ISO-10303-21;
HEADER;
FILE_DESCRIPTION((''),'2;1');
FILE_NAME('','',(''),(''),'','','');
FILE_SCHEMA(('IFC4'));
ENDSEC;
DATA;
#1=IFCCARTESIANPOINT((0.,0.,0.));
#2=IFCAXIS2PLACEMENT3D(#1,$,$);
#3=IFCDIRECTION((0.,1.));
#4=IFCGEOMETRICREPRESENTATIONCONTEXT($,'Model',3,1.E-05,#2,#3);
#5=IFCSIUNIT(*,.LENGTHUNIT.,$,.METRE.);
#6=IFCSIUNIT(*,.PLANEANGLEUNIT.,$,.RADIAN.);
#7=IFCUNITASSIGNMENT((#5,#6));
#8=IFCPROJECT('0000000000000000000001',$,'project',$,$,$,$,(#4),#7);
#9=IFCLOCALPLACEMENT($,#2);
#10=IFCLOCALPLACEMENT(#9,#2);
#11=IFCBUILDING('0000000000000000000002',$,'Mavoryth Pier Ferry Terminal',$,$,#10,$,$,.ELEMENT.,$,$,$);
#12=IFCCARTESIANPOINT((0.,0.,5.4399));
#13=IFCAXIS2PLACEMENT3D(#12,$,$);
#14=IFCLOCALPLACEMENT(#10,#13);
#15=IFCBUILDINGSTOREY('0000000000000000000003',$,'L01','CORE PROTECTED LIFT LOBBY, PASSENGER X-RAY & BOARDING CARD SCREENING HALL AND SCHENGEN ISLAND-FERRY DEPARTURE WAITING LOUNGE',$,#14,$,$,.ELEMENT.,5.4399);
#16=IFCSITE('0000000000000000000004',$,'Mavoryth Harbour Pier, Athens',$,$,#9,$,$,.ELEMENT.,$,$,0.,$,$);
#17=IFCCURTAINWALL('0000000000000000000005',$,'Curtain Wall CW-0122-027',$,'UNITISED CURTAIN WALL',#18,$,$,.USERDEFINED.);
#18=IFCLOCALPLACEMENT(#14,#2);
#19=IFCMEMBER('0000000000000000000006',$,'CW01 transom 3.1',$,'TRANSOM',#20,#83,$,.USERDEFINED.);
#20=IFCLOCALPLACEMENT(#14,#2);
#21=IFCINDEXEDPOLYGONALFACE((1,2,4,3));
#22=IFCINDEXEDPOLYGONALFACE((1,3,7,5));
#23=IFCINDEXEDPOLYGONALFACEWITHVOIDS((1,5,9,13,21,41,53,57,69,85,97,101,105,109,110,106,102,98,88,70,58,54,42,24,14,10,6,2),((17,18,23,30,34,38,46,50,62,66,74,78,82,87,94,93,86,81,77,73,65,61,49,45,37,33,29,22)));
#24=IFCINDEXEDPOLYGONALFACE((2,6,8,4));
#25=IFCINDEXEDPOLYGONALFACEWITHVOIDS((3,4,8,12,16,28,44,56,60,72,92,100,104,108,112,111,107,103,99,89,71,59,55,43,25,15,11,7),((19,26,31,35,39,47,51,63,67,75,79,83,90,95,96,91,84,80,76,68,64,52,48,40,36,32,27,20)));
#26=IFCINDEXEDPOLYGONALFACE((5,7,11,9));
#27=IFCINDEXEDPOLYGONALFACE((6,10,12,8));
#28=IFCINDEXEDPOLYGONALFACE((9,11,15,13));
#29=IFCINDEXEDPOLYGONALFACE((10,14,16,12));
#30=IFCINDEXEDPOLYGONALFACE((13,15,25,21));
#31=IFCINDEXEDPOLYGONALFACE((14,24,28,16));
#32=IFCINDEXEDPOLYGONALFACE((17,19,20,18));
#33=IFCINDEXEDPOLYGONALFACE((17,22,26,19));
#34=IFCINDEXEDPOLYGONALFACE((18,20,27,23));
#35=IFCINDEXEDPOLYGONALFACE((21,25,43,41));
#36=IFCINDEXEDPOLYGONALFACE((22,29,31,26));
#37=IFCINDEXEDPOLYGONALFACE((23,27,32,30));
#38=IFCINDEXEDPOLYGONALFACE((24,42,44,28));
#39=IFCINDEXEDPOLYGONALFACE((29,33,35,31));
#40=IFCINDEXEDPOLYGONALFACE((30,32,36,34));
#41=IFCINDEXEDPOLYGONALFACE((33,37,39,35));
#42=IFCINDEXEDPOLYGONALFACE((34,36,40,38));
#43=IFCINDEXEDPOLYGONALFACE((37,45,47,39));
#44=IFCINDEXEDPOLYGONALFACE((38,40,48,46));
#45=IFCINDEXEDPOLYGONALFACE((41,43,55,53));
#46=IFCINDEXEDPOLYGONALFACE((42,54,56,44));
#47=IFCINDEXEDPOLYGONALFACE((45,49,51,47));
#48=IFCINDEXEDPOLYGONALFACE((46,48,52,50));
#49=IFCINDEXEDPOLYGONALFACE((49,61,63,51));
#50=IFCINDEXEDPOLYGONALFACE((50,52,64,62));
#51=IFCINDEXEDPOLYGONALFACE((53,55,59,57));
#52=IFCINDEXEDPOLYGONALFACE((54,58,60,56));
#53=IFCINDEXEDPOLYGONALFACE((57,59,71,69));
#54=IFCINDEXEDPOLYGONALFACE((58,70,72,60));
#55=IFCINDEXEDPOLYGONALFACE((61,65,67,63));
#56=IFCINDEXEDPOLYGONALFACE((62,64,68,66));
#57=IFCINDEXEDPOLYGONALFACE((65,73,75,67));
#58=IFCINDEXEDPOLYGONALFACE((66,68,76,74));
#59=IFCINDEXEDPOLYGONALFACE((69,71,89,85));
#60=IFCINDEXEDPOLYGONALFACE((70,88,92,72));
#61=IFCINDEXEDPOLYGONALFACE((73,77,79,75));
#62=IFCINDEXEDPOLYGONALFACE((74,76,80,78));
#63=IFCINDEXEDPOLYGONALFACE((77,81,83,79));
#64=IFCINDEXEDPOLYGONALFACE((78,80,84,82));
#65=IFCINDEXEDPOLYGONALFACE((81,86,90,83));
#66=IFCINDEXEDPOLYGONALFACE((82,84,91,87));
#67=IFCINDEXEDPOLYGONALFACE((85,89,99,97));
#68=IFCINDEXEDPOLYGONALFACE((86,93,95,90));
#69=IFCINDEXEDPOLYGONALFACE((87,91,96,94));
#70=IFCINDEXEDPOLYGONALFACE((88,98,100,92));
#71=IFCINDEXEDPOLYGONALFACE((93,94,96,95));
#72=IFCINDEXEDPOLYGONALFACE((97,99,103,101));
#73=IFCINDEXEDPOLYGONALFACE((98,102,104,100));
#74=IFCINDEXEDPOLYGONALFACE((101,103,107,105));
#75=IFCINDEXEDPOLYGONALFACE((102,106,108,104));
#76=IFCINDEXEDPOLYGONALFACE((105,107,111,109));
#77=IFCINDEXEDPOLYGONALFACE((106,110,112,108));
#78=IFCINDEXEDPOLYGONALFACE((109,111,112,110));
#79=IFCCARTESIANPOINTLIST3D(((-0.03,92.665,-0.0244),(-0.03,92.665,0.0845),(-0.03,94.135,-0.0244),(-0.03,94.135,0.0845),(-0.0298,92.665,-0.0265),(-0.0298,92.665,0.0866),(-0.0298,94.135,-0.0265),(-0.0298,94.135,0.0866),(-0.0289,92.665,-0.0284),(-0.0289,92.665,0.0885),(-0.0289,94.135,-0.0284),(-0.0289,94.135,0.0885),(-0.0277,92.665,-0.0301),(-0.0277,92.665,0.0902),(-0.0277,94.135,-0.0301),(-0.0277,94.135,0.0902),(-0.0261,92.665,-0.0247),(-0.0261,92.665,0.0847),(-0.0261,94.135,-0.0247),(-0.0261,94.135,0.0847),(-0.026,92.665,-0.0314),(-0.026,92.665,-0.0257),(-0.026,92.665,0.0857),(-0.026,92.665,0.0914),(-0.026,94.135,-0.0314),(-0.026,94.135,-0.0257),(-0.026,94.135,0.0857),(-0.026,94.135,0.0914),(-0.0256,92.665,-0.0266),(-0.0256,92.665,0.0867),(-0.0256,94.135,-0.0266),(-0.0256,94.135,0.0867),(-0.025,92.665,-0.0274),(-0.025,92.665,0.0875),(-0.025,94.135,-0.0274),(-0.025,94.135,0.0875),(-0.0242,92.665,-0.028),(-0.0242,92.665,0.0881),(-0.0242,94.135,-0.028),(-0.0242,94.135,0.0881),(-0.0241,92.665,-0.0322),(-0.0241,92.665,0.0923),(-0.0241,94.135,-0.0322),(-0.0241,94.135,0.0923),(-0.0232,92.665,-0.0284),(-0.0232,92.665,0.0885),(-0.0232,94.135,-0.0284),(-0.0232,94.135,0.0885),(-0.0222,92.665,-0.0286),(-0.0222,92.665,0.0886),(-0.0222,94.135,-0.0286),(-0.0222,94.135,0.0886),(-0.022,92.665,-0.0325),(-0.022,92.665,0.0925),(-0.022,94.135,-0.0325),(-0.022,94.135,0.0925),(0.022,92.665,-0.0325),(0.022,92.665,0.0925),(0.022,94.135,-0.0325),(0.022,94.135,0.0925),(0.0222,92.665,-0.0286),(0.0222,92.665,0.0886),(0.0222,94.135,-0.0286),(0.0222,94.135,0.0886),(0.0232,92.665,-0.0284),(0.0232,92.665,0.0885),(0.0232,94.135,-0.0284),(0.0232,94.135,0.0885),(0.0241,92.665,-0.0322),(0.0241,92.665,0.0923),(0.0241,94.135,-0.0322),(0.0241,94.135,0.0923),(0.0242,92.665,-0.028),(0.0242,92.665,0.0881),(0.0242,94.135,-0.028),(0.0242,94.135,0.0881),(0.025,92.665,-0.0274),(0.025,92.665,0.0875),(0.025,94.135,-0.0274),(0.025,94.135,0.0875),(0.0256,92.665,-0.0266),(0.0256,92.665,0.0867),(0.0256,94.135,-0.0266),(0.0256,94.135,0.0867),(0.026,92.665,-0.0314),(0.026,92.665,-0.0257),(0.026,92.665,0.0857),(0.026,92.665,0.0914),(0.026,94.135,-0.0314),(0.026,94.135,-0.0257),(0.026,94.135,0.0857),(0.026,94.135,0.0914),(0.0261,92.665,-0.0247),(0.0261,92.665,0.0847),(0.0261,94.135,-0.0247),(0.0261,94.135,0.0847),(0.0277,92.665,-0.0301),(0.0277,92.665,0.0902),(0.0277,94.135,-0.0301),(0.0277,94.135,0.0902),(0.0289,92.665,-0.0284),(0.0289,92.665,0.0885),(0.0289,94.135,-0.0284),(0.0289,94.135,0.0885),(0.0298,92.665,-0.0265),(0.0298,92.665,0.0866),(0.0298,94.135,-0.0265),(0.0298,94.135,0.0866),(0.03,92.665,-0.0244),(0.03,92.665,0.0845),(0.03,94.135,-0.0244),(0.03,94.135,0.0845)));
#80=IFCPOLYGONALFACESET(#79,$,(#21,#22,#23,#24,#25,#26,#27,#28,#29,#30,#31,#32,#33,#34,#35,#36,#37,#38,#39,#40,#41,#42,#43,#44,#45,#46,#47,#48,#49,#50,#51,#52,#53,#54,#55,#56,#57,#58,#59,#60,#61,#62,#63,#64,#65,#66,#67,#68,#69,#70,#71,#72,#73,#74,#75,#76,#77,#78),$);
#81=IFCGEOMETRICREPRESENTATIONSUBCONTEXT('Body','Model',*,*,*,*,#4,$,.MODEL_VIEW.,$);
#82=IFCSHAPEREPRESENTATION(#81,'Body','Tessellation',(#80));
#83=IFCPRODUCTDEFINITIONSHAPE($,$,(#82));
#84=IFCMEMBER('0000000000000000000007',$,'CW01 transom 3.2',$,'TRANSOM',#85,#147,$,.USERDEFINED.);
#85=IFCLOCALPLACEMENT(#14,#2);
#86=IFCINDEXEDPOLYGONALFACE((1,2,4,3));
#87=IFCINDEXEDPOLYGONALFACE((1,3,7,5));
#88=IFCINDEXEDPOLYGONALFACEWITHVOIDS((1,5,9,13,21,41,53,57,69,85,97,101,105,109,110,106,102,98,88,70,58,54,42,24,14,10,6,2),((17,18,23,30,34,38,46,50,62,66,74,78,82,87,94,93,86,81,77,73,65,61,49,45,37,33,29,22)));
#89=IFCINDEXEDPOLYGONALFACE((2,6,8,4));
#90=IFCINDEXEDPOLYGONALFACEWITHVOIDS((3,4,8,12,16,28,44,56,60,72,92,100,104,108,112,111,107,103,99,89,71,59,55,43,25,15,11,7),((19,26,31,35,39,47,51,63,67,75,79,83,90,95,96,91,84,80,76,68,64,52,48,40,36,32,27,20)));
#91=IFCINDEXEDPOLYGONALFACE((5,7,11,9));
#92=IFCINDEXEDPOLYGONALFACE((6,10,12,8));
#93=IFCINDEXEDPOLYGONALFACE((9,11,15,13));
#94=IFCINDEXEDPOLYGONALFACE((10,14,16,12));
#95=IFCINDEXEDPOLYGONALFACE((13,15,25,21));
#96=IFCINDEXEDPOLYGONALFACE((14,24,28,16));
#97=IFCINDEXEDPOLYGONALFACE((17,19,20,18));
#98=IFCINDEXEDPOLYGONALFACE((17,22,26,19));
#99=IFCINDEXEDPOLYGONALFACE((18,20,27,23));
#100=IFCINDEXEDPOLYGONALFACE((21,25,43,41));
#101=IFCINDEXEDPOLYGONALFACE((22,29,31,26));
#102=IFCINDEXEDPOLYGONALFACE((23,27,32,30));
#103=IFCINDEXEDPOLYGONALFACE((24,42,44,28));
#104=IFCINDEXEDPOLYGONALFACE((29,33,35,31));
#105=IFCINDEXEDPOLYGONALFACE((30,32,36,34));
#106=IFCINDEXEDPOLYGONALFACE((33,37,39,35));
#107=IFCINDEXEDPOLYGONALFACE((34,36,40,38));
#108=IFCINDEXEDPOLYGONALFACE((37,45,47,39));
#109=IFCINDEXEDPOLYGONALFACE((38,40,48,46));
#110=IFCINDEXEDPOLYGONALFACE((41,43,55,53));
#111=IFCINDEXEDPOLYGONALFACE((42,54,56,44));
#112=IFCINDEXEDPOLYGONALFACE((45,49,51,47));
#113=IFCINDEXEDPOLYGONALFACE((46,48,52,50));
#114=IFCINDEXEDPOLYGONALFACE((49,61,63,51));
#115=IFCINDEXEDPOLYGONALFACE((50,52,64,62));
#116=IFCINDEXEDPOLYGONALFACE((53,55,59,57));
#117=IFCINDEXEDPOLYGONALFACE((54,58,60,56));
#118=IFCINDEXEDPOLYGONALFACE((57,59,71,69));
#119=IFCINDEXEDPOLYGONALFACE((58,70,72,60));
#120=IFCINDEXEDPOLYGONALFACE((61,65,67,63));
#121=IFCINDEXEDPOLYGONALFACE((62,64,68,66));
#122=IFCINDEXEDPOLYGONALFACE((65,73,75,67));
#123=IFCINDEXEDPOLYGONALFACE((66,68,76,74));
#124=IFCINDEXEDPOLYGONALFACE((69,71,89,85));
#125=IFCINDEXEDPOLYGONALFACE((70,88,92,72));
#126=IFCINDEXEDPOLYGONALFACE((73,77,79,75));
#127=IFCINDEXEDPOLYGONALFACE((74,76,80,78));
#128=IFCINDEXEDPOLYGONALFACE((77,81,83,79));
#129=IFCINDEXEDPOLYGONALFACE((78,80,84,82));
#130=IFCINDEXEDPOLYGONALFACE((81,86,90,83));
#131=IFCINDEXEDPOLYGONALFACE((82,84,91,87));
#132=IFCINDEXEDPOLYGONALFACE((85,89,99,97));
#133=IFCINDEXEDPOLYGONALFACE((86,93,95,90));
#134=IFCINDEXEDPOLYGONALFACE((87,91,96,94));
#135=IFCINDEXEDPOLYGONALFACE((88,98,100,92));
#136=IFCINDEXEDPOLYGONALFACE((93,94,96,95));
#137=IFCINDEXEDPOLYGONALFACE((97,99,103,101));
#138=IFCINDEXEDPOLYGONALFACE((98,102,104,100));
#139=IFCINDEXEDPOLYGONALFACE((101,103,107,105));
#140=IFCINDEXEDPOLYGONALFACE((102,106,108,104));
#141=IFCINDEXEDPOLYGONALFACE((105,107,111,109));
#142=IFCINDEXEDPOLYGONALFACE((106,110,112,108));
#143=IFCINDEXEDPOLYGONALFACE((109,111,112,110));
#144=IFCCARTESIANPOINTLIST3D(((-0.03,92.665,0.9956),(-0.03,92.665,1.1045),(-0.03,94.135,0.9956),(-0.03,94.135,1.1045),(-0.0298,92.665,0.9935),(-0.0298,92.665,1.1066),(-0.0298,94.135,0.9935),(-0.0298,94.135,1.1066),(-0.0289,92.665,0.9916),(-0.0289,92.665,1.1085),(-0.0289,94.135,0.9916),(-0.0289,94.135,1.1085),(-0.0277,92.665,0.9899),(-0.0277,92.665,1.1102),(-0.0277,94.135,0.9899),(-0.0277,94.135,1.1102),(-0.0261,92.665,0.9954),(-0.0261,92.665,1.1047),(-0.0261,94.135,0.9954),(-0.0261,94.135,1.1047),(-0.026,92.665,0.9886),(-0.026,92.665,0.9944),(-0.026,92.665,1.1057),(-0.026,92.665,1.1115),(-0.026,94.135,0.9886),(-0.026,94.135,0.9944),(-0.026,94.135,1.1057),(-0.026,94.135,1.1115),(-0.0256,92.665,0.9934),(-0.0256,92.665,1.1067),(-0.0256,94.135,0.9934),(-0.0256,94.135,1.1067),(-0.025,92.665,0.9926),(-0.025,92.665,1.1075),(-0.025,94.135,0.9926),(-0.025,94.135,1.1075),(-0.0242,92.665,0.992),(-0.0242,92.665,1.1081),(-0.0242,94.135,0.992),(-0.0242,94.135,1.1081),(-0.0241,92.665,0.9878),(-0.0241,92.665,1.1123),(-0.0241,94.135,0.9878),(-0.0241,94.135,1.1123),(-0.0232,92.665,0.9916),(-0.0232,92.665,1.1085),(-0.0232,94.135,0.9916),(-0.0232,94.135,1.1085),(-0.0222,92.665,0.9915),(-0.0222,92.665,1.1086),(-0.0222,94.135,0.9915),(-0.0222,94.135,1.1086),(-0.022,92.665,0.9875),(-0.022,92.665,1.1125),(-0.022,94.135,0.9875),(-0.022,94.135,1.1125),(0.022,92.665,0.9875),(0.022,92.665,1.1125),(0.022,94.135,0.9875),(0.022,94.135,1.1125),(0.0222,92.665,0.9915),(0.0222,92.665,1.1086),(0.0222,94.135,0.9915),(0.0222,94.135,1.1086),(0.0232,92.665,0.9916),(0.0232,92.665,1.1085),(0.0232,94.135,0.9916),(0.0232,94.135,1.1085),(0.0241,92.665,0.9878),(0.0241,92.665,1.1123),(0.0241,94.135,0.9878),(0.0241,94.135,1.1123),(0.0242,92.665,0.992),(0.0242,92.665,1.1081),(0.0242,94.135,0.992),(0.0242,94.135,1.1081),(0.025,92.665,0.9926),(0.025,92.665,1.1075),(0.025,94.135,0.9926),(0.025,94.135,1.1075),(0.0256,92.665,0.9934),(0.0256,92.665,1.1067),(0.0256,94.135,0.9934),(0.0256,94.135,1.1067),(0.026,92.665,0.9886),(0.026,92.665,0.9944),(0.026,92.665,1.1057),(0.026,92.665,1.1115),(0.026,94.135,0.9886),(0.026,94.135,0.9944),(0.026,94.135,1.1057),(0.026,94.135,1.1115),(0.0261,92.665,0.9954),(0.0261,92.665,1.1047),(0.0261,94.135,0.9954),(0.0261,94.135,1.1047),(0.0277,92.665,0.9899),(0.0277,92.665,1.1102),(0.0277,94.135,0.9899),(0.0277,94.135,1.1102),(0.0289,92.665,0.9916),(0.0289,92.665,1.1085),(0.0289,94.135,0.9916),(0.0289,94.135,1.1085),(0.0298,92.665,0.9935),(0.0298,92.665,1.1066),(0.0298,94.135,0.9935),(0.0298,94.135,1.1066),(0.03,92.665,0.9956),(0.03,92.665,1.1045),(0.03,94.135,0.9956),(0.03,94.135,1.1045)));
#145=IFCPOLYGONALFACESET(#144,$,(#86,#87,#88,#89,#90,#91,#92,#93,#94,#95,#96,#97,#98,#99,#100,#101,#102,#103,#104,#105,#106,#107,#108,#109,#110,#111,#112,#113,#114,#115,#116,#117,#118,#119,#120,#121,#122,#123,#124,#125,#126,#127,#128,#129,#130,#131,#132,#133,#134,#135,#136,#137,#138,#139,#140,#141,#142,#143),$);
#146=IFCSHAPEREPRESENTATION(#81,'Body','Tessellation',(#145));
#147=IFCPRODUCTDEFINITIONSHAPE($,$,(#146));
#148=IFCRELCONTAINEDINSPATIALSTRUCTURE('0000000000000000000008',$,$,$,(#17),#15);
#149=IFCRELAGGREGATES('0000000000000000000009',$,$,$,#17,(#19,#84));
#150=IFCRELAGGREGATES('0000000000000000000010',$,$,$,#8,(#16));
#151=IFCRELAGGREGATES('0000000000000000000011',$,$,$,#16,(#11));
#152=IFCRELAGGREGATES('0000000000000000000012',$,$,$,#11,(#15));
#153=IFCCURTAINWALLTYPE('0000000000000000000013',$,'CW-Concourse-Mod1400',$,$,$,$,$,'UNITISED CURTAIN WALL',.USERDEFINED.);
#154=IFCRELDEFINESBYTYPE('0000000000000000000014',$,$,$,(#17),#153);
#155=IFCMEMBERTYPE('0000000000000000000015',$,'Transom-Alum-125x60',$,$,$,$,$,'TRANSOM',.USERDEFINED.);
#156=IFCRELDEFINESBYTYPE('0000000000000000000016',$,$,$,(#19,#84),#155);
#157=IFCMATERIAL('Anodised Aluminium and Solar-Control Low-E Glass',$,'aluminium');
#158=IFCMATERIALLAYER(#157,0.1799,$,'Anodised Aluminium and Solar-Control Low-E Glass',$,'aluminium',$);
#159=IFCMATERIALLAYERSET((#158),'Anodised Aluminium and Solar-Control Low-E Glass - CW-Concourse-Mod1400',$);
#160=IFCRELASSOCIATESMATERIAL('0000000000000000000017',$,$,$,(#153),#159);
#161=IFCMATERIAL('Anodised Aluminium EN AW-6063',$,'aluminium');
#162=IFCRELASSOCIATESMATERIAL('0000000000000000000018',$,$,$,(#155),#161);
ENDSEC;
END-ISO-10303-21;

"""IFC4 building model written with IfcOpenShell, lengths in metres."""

from ifc_helpers import new_model, si_unit, direction, frame, origin, origin_2d, place, context, subcontext, project, spatial, hollow_rectangle, extrude, material, layer, layer_set, material_profile, profile_set, type_object, element, aggregate, save


model = new_model("IFC4")

# Units and contexts
model_context = context("Model", 3, precision=1e-05, world=origin(), true_north=direction((0.0, 1.0)))
body_context = subcontext(model_context, "Body", "Model", "MODEL_VIEW")
ifc_project = project(units=[si_unit("LENGTHUNIT", "METRE"), si_unit("PLANEANGLEUNIT", "RADIAN")], contexts=[model_context])

# Site, building, storey
site_placement = place(None, origin())
site = spatial("IfcSite", under=ifc_project, at=site_placement, Name="Mavoryth Harbour Pier, Athens", CompositionType="ELEMENT", RefElevation=0.0)
building_placement = place(site_placement, origin())
building = spatial("IfcBuilding", under=site, at=building_placement, Name="Mavoryth Pier Ferry Terminal", CompositionType="ELEMENT")
storey_placement = place(building_placement, frame((0.0, 0.0, 5.4399)))
storey = spatial("IfcBuildingStorey", under=building, at=storey_placement, Name="L01", Description="CORE PROTECTED LIFT LOBBY, PASSENGER X-RAY & BOARDING CARD SCREENING HALL AND SCHENGEN ISLAND-FERRY DEPARTURE WAITING LOUNGE", CompositionType="ELEMENT", Elevation=5.4399)

# Curtain wall, members
ifc_material_1 = material(Name="Anodised Aluminium and Solar-Control Low-E Glass", Category="aluminium")
ifc_layer_1 = layer(ifc_material_1, 0.1799, Name="Anodised Aluminium and Solar-Control Low-E Glass", Category="aluminium")
ifc_layer_set_1 = layer_set([ifc_layer_1], Name="Anodised Aluminium and Solar-Control Low-E Glass - CW-Concourse-Mod1400")
curtain_wall_type = type_object("IfcCurtainWallType", Name="CW-Concourse-Mod1400", ElementType="UNITISED CURTAIN WALL", PredefinedType="USERDEFINED", material=ifc_layer_set_1)
curtain_wall_placement = place(storey_placement, origin())
curtain_wall = element("IfcCurtainWall", 1, at=curtain_wall_placement, inside=storey, type_object=curtain_wall_type, Name="Curtain Wall CW-0122-027", ObjectType="UNITISED CURTAIN WALL", PredefinedType="USERDEFINED")
ifc_material_2 = material(Name="Anodised Aluminium EN AW-6063", Category="aluminium")
ifc_material_profile_1 = material_profile(ifc_material_2, hollow_rectangle(XDim=0.0601, YDim=0.125, WallThickness=0.0039, InnerFilletRadius=0.0039, OuterFilletRadius=0.0081, at=origin_2d()), Name="AL-TRAN 125x60x4", Category="aluminium")
ifc_profile_set_1 = profile_set([ifc_material_profile_1], Name="Anodised Aluminium EN AW-6063 - AL-TRAN 125x60x4")
member_type_1 = type_object("IfcMemberType", Name="Transom-Alum-125x60", ElementType="TRANSOM", PredefinedType="USERDEFINED", material=ifc_profile_set_1)
member_1_placement = place(storey_placement, frame((0.0, 94.135, 0.03), z_axis=(0.0, -1.0, 0.0), x_axis=(1.0, 0.0, 0.0)))
member_1 = element("IfcMember", 2, at=member_1_placement, type_object=member_type_1, Name="CW01 transom 3.1", ObjectType="TRANSOM", PredefinedType="USERDEFINED", context=body_context, shape_type="SweptSolid", body=[
    extrude(hollow_rectangle(XDim=0.0601, YDim=0.125, WallThickness=0.0039, InnerFilletRadius=0.0039, OuterFilletRadius=0.0081, at=origin_2d()), origin(), (0.0, 0.0, 1.0), 1.47),
])
member_2_placement = place(storey_placement, frame((0.0, 94.135, 1.05), z_axis=(0.0, -1.0, 0.0), x_axis=(1.0, 0.0, 0.0)))
member_2 = element("IfcMember", 3, at=member_2_placement, type_object=member_type_1, Name="CW01 transom 3.2", ObjectType="TRANSOM", PredefinedType="USERDEFINED", context=body_context, shape_type="SweptSolid", body=[
    extrude(hollow_rectangle(XDim=0.0601, YDim=0.125, WallThickness=0.0039, InnerFilletRadius=0.0039, OuterFilletRadius=0.0081, at=origin_2d()), origin(), (0.0, 0.0, 1.0), 1.47),
])
aggregate(curtain_wall, [member_1, member_2])

save(model, "model.ifc")
